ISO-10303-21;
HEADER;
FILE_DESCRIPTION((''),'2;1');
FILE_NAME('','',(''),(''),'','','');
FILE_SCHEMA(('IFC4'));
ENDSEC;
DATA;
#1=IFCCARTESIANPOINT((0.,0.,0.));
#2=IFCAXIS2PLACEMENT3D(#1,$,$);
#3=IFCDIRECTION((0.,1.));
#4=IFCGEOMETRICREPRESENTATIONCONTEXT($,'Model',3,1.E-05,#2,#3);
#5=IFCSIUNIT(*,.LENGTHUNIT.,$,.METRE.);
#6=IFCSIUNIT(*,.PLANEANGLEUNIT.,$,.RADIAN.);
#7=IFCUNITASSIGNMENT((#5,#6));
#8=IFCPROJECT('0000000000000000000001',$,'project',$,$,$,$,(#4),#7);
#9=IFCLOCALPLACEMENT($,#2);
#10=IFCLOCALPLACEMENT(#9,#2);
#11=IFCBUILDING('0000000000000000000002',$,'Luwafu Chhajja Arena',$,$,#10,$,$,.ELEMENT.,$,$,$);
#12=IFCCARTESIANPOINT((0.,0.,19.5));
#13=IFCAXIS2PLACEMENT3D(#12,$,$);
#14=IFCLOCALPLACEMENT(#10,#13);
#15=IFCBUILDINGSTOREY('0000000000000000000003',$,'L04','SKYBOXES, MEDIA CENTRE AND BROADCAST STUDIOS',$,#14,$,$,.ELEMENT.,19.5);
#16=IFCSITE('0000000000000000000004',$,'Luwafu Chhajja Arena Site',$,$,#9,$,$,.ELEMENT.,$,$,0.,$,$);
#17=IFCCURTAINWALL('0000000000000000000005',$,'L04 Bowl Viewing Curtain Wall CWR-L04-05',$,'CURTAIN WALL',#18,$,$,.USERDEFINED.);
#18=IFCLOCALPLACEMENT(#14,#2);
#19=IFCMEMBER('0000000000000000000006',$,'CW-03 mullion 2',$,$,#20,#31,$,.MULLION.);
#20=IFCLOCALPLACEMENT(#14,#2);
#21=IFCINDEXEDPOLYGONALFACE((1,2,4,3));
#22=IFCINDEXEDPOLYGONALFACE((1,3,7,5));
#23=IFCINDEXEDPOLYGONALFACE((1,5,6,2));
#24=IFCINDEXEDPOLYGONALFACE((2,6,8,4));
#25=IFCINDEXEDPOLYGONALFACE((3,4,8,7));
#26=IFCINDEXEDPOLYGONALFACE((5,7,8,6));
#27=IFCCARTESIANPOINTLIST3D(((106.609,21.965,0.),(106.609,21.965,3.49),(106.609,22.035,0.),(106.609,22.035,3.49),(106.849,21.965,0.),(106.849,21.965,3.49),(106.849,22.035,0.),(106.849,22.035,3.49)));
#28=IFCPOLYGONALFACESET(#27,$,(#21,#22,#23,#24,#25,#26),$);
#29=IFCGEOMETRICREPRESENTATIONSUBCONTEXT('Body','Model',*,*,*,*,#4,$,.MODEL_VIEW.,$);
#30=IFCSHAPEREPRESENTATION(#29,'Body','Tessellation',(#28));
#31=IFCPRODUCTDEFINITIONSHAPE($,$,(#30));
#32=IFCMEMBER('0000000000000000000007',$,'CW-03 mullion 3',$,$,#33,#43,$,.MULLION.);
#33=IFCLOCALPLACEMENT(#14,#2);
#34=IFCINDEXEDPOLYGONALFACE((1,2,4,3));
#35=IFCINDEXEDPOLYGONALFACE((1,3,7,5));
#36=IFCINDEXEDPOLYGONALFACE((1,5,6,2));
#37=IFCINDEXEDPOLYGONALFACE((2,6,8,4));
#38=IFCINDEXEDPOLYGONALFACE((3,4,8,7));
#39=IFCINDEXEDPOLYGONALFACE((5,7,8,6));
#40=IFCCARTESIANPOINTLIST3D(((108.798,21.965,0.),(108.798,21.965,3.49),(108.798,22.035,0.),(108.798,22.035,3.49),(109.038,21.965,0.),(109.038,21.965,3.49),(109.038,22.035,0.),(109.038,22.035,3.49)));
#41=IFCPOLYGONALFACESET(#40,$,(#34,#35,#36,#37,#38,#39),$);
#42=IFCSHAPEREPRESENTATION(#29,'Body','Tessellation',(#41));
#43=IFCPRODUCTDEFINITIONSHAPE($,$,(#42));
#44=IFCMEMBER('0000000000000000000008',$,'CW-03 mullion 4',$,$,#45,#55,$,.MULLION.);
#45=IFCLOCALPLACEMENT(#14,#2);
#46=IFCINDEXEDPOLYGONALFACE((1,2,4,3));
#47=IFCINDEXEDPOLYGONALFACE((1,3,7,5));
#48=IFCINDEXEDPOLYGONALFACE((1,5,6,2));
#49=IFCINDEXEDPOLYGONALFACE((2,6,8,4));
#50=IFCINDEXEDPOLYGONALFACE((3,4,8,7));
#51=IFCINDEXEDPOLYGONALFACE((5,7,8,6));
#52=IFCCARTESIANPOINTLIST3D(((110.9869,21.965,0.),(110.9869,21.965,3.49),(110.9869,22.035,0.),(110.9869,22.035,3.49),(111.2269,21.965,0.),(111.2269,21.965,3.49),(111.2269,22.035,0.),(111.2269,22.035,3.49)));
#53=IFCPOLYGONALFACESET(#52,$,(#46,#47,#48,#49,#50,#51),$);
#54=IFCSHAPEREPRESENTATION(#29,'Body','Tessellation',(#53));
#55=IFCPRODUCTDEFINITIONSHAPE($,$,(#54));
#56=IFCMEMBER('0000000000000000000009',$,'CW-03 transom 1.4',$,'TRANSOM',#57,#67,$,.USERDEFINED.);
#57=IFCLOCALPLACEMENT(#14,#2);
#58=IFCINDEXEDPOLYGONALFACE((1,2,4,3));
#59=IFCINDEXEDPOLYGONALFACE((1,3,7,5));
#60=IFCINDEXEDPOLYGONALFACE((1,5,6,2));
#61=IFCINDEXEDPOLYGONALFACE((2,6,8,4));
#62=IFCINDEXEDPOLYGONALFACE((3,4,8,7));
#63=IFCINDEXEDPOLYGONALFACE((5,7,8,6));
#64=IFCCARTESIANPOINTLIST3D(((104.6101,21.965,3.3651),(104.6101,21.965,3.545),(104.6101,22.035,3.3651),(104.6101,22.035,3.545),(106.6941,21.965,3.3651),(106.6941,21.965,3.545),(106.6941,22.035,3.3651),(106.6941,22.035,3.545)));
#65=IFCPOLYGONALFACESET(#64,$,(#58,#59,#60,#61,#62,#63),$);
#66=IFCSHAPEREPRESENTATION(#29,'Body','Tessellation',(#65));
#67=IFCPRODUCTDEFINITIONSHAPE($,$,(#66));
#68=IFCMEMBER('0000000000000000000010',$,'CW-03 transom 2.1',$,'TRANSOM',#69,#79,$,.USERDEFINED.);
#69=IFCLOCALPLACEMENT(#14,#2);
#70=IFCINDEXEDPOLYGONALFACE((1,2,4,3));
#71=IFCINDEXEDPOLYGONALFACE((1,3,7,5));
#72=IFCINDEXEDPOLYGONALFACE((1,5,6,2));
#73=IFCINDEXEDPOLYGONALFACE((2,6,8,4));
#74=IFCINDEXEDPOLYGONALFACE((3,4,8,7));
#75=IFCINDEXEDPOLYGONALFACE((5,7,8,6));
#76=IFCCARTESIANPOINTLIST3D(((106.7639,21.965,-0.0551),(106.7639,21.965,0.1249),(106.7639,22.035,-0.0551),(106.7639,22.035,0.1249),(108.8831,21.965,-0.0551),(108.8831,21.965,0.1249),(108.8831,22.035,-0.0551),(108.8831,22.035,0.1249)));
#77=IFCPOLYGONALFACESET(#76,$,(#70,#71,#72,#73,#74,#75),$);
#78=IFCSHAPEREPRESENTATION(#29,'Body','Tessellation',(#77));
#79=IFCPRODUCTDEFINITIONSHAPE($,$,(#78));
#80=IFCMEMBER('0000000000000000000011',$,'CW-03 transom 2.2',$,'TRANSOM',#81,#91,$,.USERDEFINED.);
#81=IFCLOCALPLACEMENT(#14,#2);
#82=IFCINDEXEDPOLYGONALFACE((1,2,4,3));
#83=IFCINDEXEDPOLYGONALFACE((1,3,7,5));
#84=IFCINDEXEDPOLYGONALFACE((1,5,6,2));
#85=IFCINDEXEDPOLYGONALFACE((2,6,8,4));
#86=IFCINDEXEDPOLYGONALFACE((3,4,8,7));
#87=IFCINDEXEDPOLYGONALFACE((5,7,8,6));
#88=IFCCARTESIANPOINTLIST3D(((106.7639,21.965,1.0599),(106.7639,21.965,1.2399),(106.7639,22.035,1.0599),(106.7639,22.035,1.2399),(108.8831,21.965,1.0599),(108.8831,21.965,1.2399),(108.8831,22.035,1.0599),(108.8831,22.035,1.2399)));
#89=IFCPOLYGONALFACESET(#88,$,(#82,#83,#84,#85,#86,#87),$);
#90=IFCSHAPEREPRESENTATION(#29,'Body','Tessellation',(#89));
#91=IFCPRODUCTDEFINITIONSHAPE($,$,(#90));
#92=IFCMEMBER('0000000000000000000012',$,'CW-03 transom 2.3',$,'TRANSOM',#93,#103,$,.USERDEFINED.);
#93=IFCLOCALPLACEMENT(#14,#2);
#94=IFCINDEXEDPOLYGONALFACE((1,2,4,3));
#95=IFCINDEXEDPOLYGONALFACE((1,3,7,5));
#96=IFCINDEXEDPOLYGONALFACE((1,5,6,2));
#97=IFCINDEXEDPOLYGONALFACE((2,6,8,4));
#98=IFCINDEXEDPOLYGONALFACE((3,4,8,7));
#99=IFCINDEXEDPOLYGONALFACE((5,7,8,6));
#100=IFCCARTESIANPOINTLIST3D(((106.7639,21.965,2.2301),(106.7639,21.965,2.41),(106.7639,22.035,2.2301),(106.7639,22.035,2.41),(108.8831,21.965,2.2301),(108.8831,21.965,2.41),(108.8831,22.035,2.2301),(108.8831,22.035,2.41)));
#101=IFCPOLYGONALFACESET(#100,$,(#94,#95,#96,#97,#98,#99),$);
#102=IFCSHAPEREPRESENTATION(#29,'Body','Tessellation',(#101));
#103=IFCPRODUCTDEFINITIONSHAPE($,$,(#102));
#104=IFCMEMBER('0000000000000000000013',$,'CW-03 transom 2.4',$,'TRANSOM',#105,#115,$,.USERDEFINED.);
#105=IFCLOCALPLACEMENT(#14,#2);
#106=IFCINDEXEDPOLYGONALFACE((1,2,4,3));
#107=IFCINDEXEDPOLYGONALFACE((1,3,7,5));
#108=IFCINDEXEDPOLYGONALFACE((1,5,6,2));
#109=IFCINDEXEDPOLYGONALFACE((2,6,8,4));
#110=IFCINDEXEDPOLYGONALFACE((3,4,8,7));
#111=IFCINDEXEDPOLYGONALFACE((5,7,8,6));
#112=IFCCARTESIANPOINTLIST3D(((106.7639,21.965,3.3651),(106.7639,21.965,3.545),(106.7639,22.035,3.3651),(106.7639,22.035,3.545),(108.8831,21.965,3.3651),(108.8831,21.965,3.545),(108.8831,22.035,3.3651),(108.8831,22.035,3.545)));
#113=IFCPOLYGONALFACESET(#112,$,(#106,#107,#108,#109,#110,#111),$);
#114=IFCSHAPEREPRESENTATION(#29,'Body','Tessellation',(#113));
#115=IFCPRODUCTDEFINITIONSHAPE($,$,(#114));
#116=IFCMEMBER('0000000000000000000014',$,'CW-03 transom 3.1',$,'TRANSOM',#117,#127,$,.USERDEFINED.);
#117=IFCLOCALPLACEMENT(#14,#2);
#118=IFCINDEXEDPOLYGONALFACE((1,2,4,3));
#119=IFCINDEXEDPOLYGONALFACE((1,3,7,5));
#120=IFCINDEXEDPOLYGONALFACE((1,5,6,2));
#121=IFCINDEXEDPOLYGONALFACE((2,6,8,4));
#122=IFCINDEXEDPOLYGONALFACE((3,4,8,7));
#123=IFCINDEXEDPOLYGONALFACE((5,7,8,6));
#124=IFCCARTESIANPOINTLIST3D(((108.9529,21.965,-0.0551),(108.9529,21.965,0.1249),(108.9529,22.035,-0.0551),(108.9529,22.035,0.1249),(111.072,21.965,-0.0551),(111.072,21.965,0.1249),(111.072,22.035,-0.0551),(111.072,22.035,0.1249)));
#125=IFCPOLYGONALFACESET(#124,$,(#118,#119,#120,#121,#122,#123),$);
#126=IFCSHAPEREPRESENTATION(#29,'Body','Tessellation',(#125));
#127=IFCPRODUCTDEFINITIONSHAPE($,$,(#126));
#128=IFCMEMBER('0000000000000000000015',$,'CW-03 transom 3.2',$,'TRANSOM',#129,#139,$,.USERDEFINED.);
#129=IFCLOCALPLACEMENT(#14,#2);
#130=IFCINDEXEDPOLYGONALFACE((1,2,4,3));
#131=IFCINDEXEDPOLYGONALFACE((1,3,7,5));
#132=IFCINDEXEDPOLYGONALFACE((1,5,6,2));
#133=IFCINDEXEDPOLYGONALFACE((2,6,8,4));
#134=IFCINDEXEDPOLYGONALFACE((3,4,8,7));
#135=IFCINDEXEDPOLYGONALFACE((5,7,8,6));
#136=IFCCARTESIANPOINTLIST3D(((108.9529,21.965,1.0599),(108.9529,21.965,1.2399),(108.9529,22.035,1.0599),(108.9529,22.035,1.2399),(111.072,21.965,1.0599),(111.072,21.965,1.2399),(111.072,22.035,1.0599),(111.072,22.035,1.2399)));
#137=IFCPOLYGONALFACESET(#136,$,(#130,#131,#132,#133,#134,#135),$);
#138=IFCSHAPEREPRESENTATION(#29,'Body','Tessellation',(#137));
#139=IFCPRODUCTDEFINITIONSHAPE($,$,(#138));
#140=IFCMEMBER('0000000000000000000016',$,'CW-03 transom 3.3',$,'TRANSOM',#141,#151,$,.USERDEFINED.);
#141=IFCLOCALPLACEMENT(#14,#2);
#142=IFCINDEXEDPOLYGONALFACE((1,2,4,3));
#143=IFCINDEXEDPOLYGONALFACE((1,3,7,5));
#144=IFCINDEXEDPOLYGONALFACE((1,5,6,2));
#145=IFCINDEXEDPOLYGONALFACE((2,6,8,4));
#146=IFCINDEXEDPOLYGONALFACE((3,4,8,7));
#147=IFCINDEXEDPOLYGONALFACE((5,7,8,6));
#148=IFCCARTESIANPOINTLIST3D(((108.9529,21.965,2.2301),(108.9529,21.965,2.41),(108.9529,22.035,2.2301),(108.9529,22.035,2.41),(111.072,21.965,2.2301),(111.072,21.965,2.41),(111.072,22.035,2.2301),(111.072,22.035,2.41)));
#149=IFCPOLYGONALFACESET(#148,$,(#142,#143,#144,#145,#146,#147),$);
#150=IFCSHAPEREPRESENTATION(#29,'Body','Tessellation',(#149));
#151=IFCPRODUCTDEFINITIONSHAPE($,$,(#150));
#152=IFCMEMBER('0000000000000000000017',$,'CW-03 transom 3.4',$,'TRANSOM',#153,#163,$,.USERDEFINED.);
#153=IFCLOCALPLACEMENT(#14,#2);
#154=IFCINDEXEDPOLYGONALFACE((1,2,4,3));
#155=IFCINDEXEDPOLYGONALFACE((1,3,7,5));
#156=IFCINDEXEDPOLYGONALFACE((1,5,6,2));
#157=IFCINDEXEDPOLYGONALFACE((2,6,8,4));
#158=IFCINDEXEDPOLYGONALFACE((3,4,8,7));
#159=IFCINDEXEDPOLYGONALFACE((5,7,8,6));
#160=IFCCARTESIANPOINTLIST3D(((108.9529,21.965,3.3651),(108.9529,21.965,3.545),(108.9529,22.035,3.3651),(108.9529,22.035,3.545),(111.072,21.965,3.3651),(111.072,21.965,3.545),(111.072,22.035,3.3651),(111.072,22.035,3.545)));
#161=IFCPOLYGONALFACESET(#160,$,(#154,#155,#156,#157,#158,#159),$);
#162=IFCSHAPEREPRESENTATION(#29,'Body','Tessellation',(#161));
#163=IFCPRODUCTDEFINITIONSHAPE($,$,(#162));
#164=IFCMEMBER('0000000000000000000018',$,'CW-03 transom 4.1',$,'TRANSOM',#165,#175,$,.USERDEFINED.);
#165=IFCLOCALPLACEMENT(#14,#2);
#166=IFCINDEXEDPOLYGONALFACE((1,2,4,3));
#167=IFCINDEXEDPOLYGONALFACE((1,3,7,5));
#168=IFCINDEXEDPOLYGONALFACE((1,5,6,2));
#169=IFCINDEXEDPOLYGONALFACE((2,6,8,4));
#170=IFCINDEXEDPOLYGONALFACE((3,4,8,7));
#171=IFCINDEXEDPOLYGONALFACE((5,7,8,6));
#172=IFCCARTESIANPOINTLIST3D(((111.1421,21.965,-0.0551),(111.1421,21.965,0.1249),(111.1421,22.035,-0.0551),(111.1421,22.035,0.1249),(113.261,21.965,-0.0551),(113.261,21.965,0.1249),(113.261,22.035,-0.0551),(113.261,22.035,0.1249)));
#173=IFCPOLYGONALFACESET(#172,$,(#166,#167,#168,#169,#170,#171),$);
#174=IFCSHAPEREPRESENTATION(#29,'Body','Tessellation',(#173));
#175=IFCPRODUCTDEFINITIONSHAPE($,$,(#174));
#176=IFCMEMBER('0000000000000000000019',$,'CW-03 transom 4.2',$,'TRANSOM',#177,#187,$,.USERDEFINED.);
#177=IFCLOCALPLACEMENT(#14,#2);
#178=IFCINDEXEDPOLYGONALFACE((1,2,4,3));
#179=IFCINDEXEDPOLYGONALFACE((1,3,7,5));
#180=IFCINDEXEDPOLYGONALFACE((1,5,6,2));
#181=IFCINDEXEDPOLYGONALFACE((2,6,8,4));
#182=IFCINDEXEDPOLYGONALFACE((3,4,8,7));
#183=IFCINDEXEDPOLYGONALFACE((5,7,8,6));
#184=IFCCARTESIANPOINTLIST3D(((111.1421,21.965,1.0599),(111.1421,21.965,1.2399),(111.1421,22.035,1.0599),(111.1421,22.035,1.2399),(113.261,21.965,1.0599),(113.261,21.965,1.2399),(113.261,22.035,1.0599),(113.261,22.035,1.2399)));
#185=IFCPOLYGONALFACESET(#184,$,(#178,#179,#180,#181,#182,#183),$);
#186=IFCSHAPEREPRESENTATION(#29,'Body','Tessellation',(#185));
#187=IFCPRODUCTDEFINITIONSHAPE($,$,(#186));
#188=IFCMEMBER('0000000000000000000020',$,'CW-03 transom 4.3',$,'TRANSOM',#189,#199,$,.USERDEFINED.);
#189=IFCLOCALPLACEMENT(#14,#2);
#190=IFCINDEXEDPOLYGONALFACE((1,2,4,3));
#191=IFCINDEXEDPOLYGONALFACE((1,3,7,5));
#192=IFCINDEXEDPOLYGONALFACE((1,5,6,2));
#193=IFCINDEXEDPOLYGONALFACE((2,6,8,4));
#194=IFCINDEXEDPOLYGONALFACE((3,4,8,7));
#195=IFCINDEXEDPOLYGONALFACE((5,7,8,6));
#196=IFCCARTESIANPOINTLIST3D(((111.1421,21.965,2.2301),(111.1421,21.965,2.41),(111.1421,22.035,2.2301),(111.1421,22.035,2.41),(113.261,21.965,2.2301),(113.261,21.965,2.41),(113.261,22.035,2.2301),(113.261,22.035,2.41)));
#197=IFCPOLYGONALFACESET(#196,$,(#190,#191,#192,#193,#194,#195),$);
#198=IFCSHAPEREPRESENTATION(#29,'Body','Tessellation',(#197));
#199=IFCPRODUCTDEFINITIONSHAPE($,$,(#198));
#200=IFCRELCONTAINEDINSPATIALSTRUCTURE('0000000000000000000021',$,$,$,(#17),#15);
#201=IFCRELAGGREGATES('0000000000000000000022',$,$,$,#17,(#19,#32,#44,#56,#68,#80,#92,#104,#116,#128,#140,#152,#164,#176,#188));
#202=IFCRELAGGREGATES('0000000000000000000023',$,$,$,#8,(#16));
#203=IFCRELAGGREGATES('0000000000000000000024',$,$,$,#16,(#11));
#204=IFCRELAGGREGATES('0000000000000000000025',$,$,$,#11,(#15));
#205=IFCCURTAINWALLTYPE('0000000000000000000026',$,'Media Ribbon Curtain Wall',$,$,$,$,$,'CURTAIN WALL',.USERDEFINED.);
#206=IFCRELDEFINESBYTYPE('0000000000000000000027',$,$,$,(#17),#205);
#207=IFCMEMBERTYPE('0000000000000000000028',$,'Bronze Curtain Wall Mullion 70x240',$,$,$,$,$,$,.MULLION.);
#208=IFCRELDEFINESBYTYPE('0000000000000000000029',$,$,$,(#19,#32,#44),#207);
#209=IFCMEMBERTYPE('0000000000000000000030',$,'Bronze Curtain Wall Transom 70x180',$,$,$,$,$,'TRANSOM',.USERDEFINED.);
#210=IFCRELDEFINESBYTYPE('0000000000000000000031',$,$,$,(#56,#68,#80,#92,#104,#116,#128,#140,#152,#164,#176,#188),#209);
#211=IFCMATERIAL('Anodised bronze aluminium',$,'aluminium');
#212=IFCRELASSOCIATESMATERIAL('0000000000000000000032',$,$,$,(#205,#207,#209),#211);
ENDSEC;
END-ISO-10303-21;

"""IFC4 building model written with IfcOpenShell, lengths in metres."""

from ifc_helpers import new_model, si_unit, direction, frame, origin, origin_2d, place, context, subcontext, project, spatial, rectangle, extrude, material, material_profile, profile_set, type_object, element, aggregate, save


model = new_model("IFC4")

# Units and contexts
model_context = context("Model", 3, precision=1e-05, world=origin(), true_north=direction((0.0, 1.0)))
body_context = subcontext(model_context, "Body", "Model", "MODEL_VIEW")
ifc_project = project(units=[si_unit("LENGTHUNIT", "METRE"), si_unit("PLANEANGLEUNIT", "RADIAN")], contexts=[model_context])

# Site, building, storey
site_placement = place(None, origin())
site = spatial("IfcSite", under=ifc_project, at=site_placement, Name="Luwafu Chhajja Arena Site", CompositionType="ELEMENT", RefElevation=0.0)
building_placement = place(site_placement, origin())
building = spatial("IfcBuilding", under=site, at=building_placement, Name="Luwafu Chhajja Arena", CompositionType="ELEMENT")
storey_placement = place(building_placement, frame((0.0, 0.0, 19.5)))
storey = spatial("IfcBuildingStorey", under=building, at=storey_placement, Name="L04", Description="SKYBOXES, MEDIA CENTRE AND BROADCAST STUDIOS", CompositionType="ELEMENT", Elevation=19.5)

# Curtain wall, members
ifc_material_1 = material(Name="Anodised bronze aluminium", Category="aluminium")
curtain_wall_type = type_object("IfcCurtainWallType", Name="Media Ribbon Curtain Wall", ElementType="CURTAIN WALL", PredefinedType="USERDEFINED", material=ifc_material_1)
curtain_wall_placement = place(storey_placement, origin())
curtain_wall = element("IfcCurtainWall", 1, at=curtain_wall_placement, inside=storey, type_object=curtain_wall_type, Name="L04 Bowl Viewing Curtain Wall CWR-L04-05", ObjectType="CURTAIN WALL", PredefinedType="USERDEFINED")
ifc_material_profile_1 = material_profile(ifc_material_1, rectangle(XDim=0.0701, YDim=0.24, at=origin_2d()), Name="CWM 70x240")
ifc_profile_set_1 = profile_set([ifc_material_profile_1], Name="Anodised bronze aluminium")
member_type_1 = type_object("IfcMemberType", Name="Bronze Curtain Wall Mullion 70x240", PredefinedType="MULLION", material=ifc_profile_set_1)
member_1_placement = place(storey_placement, frame((106.729, 22.0, 0.0), z_axis=(0.0, 0.0, 1.0), x_axis=(0.0, 1.0, 0.0)))
member_1 = element("IfcMember", 2, at=member_1_placement, type_object=member_type_1, Name="CW-03 mullion 2", PredefinedType="MULLION", context=body_context, shape_type="SweptSolid", body=[
    extrude(rectangle(XDim=0.0701, YDim=0.24, at=origin_2d()), origin(), (0.0, 0.0, 1.0), 3.49),
])
member_2_placement = place(storey_placement, frame((108.918, 22.0, 0.0), z_axis=(0.0, 0.0, 1.0), x_axis=(0.0, 1.0, 0.0)))
member_2 = element("IfcMember", 3, at=member_2_placement, type_object=member_type_1, Name="CW-03 mullion 3", PredefinedType="MULLION", context=body_context, shape_type="SweptSolid", body=[
    extrude(rectangle(XDim=0.0701, YDim=0.24, at=origin_2d()), origin(), (0.0, 0.0, 1.0), 3.49),
])
member_3_placement = place(storey_placement, frame((111.1069, 22.0, 0.0), z_axis=(0.0, 0.0, 1.0), x_axis=(0.0, 1.0, 0.0)))
member_3 = element("IfcMember", 4, at=member_3_placement, type_object=member_type_1, Name="CW-03 mullion 4", PredefinedType="MULLION", context=body_context, shape_type="SweptSolid", body=[
    extrude(rectangle(XDim=0.0701, YDim=0.24, at=origin_2d()), origin(), (0.0, 0.0, 1.0), 3.49),
])
ifc_material_profile_2 = material_profile(ifc_material_1, rectangle(XDim=0.0701, YDim=0.1799, at=origin_2d()), Name="CWT 70x180")
ifc_profile_set_2 = profile_set([ifc_material_profile_2], Name="Anodised bronze aluminium")
member_type_2 = type_object("IfcMemberType", Name="Bronze Curtain Wall Transom 70x180", ElementType="TRANSOM", PredefinedType="USERDEFINED", material=ifc_profile_set_2)
member_4_placement = place(storey_placement, frame((104.6101, 22.0, 3.4551), z_axis=(1.0, 0.0, 0.0), x_axis=(0.0, 1.0, 0.0)))
member_4 = element("IfcMember", 5, at=member_4_placement, type_object=member_type_2, Name="CW-03 transom 1.4", ObjectType="TRANSOM", PredefinedType="USERDEFINED", context=body_context, shape_type="SweptSolid", body=[
    extrude(rectangle(XDim=0.0701, YDim=0.1799, at=origin_2d()), origin(), (0.0, 0.0, 1.0), 2.084),
])
member_5_placement = place(storey_placement, frame((106.7639, 22.0, 0.0349), z_axis=(1.0, 0.0, 0.0), x_axis=(0.0, 1.0, 0.0)))
member_5 = element("IfcMember", 6, at=member_5_placement, type_object=member_type_2, Name="CW-03 transom 2.1", ObjectType="TRANSOM", PredefinedType="USERDEFINED", context=body_context, shape_type="SweptSolid", body=[
    extrude(rectangle(XDim=0.0701, YDim=0.1799, at=origin_2d()), origin(), (0.0, 0.0, 1.0), 2.1191),
])
member_6_placement = place(storey_placement, frame((106.7639, 22.0, 1.1499), z_axis=(1.0, 0.0, 0.0), x_axis=(0.0, 1.0, 0.0)))
member_6 = element("IfcMember", 7, at=member_6_placement, type_object=member_type_2, Name="CW-03 transom 2.2", ObjectType="TRANSOM", PredefinedType="USERDEFINED", context=body_context, shape_type="SweptSolid", body=[
    extrude(rectangle(XDim=0.0701, YDim=0.1799, at=origin_2d()), origin(), (0.0, 0.0, 1.0), 2.1191),
])
member_7_placement = place(storey_placement, frame((106.7639, 22.0, 2.3201), z_axis=(1.0, 0.0, 0.0), x_axis=(0.0, 1.0, 0.0)))
member_7 = element("IfcMember", 8, at=member_7_placement, type_object=member_type_2, Name="CW-03 transom 2.3", ObjectType="TRANSOM", PredefinedType="USERDEFINED", context=body_context, shape_type="SweptSolid", body=[
    extrude(rectangle(XDim=0.0701, YDim=0.1799, at=origin_2d()), origin(), (0.0, 0.0, 1.0), 2.1191),
])
member_8_placement = place(storey_placement, frame((106.7639, 22.0, 3.4551), z_axis=(1.0, 0.0, 0.0), x_axis=(0.0, 1.0, 0.0)))
member_8 = element("IfcMember", 9, at=member_8_placement, type_object=member_type_2, Name="CW-03 transom 2.4", ObjectType="TRANSOM", PredefinedType="USERDEFINED", context=body_context, shape_type="SweptSolid", body=[
    extrude(rectangle(XDim=0.0701, YDim=0.1799, at=origin_2d()), origin(), (0.0, 0.0, 1.0), 2.1191),
])
member_9_placement = place(storey_placement, frame((108.9529, 22.0, 0.0349), z_axis=(1.0, 0.0, 0.0), x_axis=(0.0, 1.0, 0.0)))
member_9 = element("IfcMember", 10, at=member_9_placement, type_object=member_type_2, Name="CW-03 transom 3.1", ObjectType="TRANSOM", PredefinedType="USERDEFINED", context=body_context, shape_type="SweptSolid", body=[
    extrude(rectangle(XDim=0.0701, YDim=0.1799, at=origin_2d()), origin(), (0.0, 0.0, 1.0), 2.1191),
])
member_10_placement = place(storey_placement, frame((108.9529, 22.0, 1.1499), z_axis=(1.0, 0.0, 0.0), x_axis=(0.0, 1.0, 0.0)))
member_10 = element("IfcMember", 11, at=member_10_placement, type_object=member_type_2, Name="CW-03 transom 3.2", ObjectType="TRANSOM", PredefinedType="USERDEFINED", context=body_context, shape_type="SweptSolid", body=[
    extrude(rectangle(XDim=0.0701, YDim=0.1799, at=origin_2d()), origin(), (0.0, 0.0, 1.0), 2.1191),
])
member_11_placement = place(storey_placement, frame((108.9529, 22.0, 2.3201), z_axis=(1.0, 0.0, 0.0), x_axis=(0.0, 1.0, 0.0)))
member_11 = element("IfcMember", 12, at=member_11_placement, type_object=member_type_2, Name="CW-03 transom 3.3", ObjectType="TRANSOM", PredefinedType="USERDEFINED", context=body_context, shape_type="SweptSolid", body=[
    extrude(rectangle(XDim=0.0701, YDim=0.1799, at=origin_2d()), origin(), (0.0, 0.0, 1.0), 2.1191),
])
member_12_placement = place(storey_placement, frame((108.9529, 22.0, 3.4551), z_axis=(1.0, 0.0, 0.0), x_axis=(0.0, 1.0, 0.0)))
member_12 = element("IfcMember", 13, at=member_12_placement, type_object=member_type_2, Name="CW-03 transom 3.4", ObjectType="TRANSOM", PredefinedType="USERDEFINED", context=body_context, shape_type="SweptSolid", body=[
    extrude(rectangle(XDim=0.0701, YDim=0.1799, at=origin_2d()), origin(), (0.0, 0.0, 1.0), 2.1191),
])
member_13_placement = place(storey_placement, frame((111.1421, 22.0, 0.0349), z_axis=(1.0, 0.0, 0.0), x_axis=(0.0, 1.0, 0.0)))
member_13 = element("IfcMember", 14, at=member_13_placement, type_object=member_type_2, Name="CW-03 transom 4.1", ObjectType="TRANSOM", PredefinedType="USERDEFINED", context=body_context, shape_type="SweptSolid", body=[
    extrude(rectangle(XDim=0.0701, YDim=0.1799, at=origin_2d()), origin(), (0.0, 0.0, 1.0), 2.1189),
])
member_14_placement = place(storey_placement, frame((111.1421, 22.0, 1.1499), z_axis=(1.0, 0.0, 0.0), x_axis=(0.0, 1.0, 0.0)))
member_14 = element("IfcMember", 15, at=member_14_placement, type_object=member_type_2, Name="CW-03 transom 4.2", ObjectType="TRANSOM", PredefinedType="USERDEFINED", context=body_context, shape_type="SweptSolid", body=[
    extrude(rectangle(XDim=0.0701, YDim=0.1799, at=origin_2d()), origin(), (0.0, 0.0, 1.0), 2.1189),
])
member_15_placement = place(storey_placement, frame((111.1421, 22.0, 2.3201), z_axis=(1.0, 0.0, 0.0), x_axis=(0.0, 1.0, 0.0)))
member_15 = element("IfcMember", 16, at=member_15_placement, type_object=member_type_2, Name="CW-03 transom 4.3", ObjectType="TRANSOM", PredefinedType="USERDEFINED", context=body_context, shape_type="SweptSolid", body=[
    extrude(rectangle(XDim=0.0701, YDim=0.1799, at=origin_2d()), origin(), (0.0, 0.0, 1.0), 2.1189),
])
aggregate(curtain_wall, [member_1, member_2, member_3, member_4, member_5, member_6, member_7, member_8, member_9, member_10, member_11, member_12, member_13, member_14, member_15])

save(model, "model.ifc")
